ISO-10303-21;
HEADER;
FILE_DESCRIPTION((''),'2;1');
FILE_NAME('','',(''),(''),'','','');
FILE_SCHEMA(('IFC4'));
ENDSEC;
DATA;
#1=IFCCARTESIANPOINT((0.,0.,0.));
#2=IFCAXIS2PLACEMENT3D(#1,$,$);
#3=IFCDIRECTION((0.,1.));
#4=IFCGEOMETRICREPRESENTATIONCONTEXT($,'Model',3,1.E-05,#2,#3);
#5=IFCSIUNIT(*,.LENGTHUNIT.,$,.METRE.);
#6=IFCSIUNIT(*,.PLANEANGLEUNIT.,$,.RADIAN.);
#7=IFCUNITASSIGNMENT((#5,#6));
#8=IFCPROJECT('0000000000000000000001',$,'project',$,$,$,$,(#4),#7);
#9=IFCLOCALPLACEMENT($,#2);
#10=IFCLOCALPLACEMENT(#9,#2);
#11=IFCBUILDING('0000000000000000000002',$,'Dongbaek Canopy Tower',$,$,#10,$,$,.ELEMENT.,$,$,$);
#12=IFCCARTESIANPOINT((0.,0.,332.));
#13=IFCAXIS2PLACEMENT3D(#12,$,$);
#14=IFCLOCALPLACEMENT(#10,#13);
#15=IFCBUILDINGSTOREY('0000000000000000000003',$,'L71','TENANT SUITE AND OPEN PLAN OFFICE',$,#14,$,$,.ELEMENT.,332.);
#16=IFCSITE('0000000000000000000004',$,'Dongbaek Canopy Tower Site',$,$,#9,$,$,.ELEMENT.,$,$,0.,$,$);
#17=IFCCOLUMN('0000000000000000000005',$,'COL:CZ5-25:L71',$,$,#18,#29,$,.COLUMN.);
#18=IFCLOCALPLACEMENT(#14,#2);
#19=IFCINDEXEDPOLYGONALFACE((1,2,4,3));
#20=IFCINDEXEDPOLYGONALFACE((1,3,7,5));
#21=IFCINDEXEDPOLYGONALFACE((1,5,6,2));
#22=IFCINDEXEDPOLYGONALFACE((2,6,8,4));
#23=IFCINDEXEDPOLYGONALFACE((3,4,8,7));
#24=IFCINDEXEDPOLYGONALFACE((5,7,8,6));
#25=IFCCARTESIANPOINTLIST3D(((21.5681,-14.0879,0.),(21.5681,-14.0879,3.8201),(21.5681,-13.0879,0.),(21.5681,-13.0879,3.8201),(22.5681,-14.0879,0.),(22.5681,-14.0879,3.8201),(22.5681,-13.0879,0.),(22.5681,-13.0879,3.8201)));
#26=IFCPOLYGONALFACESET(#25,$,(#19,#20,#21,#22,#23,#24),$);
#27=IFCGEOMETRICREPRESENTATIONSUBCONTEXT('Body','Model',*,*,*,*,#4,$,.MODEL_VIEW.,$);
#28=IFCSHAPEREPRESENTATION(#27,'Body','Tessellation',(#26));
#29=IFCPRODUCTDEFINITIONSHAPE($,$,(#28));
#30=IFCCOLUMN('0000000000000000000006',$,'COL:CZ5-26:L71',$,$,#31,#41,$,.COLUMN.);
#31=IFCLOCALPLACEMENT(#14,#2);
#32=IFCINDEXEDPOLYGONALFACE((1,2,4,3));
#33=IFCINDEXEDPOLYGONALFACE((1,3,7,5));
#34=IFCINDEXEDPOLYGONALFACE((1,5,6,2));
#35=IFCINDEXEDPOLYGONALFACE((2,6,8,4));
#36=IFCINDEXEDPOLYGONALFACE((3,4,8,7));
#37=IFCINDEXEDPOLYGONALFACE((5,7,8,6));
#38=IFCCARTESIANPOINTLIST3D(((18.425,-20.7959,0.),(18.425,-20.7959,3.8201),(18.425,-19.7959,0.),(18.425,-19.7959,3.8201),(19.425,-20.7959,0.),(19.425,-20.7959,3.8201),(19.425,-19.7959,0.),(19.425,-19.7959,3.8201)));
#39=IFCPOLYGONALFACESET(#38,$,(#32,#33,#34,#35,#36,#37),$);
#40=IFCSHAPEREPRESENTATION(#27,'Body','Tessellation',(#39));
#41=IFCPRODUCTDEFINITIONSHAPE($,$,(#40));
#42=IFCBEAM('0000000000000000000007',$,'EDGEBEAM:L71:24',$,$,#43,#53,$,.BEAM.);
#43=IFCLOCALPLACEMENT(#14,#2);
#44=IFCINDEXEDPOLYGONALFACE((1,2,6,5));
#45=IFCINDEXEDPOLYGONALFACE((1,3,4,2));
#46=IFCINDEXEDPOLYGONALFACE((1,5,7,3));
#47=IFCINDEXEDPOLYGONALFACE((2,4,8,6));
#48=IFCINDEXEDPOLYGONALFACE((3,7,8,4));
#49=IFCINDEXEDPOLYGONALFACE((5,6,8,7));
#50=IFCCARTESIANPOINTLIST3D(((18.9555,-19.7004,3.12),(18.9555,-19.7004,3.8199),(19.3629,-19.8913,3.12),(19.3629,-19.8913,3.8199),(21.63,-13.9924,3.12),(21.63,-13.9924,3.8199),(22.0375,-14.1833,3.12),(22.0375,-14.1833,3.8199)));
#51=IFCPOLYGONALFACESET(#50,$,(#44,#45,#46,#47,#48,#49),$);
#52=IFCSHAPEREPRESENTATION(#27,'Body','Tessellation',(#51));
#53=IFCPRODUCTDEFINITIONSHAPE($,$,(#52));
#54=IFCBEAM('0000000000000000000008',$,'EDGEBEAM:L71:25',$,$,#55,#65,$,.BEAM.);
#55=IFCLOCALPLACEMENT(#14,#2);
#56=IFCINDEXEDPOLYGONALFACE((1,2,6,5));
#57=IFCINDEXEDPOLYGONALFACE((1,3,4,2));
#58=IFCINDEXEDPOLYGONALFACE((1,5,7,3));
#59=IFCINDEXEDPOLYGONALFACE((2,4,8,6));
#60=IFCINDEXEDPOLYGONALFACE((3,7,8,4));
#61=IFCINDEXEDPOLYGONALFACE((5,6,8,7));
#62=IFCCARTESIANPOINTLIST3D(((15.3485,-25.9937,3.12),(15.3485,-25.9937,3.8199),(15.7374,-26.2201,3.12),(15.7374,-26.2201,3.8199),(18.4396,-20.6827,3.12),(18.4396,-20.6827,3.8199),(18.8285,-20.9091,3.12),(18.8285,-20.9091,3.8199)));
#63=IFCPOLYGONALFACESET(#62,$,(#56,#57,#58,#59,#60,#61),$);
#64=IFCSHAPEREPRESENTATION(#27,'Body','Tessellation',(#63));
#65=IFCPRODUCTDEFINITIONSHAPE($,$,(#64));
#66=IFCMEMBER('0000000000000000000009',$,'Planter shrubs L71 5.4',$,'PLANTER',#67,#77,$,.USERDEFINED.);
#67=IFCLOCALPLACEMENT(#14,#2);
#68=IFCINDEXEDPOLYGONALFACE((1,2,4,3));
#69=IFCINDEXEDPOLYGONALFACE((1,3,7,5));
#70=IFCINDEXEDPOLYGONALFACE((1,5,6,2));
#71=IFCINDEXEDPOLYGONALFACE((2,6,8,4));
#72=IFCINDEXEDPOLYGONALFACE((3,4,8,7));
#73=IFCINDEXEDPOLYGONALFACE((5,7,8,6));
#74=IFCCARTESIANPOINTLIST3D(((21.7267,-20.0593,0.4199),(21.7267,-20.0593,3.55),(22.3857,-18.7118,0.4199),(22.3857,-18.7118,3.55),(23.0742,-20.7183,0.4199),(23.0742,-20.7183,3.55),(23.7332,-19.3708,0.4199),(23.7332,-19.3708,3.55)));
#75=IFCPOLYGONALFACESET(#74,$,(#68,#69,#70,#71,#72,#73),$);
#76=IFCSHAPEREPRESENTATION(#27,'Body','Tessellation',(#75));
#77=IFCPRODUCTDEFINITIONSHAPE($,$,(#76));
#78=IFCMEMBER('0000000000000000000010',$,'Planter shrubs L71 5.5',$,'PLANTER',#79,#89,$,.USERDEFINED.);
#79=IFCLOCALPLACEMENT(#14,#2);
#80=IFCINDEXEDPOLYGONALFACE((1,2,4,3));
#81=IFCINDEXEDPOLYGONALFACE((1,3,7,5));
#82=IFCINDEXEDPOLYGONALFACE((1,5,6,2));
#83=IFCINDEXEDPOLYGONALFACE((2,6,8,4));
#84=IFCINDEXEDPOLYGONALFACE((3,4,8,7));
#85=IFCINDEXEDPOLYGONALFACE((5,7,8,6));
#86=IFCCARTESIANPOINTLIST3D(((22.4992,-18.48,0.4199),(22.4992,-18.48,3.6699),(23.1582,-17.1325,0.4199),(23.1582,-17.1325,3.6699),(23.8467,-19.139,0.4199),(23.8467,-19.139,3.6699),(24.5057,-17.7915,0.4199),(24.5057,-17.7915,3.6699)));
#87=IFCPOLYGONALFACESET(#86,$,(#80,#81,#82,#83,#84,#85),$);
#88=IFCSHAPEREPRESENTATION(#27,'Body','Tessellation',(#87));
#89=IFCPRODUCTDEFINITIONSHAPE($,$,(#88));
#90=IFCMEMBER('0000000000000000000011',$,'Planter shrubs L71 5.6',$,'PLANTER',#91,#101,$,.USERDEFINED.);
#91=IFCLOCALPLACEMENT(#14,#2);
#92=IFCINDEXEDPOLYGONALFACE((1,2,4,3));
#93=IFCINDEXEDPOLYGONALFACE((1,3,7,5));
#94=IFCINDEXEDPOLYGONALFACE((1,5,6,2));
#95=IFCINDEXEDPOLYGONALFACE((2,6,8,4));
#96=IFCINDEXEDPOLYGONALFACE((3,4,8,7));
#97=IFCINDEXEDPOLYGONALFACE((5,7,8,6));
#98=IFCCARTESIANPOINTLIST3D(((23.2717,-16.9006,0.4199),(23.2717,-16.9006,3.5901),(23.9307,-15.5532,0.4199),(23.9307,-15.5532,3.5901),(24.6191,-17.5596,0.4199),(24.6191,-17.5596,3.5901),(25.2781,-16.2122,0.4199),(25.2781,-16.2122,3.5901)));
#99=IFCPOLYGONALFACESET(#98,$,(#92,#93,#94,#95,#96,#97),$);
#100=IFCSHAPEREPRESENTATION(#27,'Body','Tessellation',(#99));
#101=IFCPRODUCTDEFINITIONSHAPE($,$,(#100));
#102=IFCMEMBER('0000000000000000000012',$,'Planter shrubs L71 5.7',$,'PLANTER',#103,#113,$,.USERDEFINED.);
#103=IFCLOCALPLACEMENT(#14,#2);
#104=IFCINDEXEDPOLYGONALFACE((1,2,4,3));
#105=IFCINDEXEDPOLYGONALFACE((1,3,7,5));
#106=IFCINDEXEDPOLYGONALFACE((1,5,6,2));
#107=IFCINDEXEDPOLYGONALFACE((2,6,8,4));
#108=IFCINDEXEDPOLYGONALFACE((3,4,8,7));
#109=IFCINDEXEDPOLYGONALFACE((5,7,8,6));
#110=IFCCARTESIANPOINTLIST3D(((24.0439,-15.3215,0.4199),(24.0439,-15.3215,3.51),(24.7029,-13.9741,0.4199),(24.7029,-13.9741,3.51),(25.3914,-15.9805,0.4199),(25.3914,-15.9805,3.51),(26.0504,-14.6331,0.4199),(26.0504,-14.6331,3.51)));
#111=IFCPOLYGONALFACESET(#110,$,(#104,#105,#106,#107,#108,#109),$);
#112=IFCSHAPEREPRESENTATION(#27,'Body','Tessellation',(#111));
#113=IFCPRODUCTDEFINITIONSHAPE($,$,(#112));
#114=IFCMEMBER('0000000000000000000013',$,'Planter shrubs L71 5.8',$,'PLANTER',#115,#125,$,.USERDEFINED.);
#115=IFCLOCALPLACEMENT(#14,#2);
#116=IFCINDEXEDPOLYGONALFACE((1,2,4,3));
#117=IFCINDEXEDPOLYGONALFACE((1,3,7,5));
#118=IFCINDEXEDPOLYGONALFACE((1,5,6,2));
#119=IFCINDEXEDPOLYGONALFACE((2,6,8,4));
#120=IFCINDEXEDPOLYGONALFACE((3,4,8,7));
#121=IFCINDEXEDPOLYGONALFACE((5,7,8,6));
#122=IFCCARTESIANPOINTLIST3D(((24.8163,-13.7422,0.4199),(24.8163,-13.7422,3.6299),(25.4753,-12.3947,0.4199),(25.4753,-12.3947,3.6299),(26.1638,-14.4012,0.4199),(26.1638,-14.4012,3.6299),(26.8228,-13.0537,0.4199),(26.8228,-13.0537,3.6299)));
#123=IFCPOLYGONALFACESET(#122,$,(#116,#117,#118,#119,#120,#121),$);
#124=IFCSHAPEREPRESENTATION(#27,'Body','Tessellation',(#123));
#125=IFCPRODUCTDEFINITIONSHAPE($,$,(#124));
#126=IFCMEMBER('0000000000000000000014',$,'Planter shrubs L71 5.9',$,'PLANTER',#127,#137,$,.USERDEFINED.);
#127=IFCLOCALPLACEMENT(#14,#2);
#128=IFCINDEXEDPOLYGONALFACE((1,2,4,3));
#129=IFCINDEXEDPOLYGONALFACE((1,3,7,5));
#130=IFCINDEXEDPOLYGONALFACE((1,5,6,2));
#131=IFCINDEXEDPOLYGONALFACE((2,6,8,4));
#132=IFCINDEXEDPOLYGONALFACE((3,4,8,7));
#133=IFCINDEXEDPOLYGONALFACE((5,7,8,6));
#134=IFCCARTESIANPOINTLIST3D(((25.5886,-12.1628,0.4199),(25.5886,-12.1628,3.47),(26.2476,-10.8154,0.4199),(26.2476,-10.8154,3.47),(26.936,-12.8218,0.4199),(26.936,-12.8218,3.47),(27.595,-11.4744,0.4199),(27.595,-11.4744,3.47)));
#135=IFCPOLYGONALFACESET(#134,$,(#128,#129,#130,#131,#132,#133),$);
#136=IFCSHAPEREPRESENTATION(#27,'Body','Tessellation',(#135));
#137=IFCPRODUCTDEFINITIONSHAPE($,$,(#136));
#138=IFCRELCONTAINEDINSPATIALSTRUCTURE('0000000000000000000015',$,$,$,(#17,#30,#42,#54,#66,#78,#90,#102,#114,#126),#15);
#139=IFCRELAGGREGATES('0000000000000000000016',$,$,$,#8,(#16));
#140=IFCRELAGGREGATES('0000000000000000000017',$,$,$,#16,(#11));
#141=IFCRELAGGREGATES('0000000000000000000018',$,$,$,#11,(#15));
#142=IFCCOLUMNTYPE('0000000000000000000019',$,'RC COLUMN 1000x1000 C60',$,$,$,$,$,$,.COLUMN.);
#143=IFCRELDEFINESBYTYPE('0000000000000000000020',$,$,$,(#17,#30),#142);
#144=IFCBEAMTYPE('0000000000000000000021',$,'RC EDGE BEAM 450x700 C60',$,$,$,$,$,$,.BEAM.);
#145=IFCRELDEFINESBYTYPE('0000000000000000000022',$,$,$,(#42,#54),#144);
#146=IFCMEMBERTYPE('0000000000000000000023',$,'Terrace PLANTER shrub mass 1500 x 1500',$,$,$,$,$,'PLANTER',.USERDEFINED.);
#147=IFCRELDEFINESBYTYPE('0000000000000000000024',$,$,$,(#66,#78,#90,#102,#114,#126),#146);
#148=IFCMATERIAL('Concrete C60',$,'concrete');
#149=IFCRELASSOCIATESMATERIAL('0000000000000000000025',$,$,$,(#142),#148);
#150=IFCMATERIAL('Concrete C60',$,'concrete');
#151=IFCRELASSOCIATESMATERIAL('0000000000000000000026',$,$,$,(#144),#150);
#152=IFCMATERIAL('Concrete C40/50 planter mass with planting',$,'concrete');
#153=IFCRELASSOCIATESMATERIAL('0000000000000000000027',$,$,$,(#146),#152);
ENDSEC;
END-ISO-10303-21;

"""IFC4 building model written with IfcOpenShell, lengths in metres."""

from ifc_helpers import new_model, si_unit, direction, frame, origin, origin_2d, place, context, subcontext, project, spatial, rectangle, extrude, material, material_profile, profile_set, type_object, element, save


model = new_model("IFC4")

# Units and contexts
model_context = context("Model", 3, precision=1e-05, world=origin(), true_north=direction((0.0, 1.0)))
body_context = subcontext(model_context, "Body", "Model", "MODEL_VIEW")
ifc_project = project(units=[si_unit("LENGTHUNIT", "METRE"), si_unit("PLANEANGLEUNIT", "RADIAN")], contexts=[model_context])

# Site, building, storey
site_placement = place(None, origin())
site = spatial("IfcSite", under=ifc_project, at=site_placement, Name="Dongbaek Canopy Tower Site", CompositionType="ELEMENT", RefElevation=0.0)
building_placement = place(site_placement, origin())
building = spatial("IfcBuilding", under=site, at=building_placement, Name="Dongbaek Canopy Tower", CompositionType="ELEMENT")
storey_placement = place(building_placement, frame((0.0, 0.0, 332.0)))
storey = spatial("IfcBuildingStorey", under=building, at=storey_placement, Name="L71", Description="TENANT SUITE AND OPEN PLAN OFFICE", CompositionType="ELEMENT", Elevation=332.0)

# Columns
ifc_material_1 = material(Name="Concrete C60", Category="concrete")
ifc_material_profile_1 = material_profile(ifc_material_1, rectangle(XDim=1.0, YDim=1.0, at=origin_2d()), Name="RC COLUMN 1000x1000 C60")
ifc_profile_set_1 = profile_set([ifc_material_profile_1], Name="Concrete C60")
column_type = type_object("IfcColumnType", Name="RC COLUMN 1000x1000 C60", PredefinedType="COLUMN", material=ifc_profile_set_1)
for number, where, z_axis, x_axis, name in (
    (1, (22.0681, -13.5879, 0.0), (0.0, 0.0, 1.0), (1.0, 0.0, 0.0), "COL:CZ5-25:L71"),
    (2, (18.925, -20.2959, 0.0), (0.0, 0.0, 1.0), (1.0, 0.0, 0.0), "COL:CZ5-26:L71"),
):
    element("IfcColumn", number, at=place(storey_placement, frame(where, z_axis=z_axis, x_axis=x_axis)), inside=storey, type_object=column_type, Name=name, PredefinedType="COLUMN", context=body_context, shape_type="SweptSolid", body=[
        extrude(rectangle(XDim=1.0, YDim=1.0, at=origin_2d()), origin(), (0.0, 0.0, 1.0), 3.8201),
    ])

# Beams
ifc_material_2 = material(Name="Concrete C60", Category="concrete")
ifc_material_profile_2 = material_profile(ifc_material_2, rectangle(XDim=0.45, YDim=0.7, at=origin_2d()), Name="RC EDGE BEAM 450x700 C60")
ifc_profile_set_2 = profile_set([ifc_material_profile_2], Name="Concrete C60")
beam_type = type_object("IfcBeamType", Name="RC EDGE BEAM 450x700 C60", PredefinedType="BEAM", material=ifc_profile_set_2)
beam_1_placement = place(storey_placement, frame((21.8337, -14.0879, 3.47), z_axis=(-0.424295, -0.905524, 0.0), x_axis=(0.905524, -0.424295, 0.0)))
element("IfcBeam", 3, at=beam_1_placement, inside=storey, type_object=beam_type, Name="EDGEBEAM:L71:24", PredefinedType="BEAM", context=body_context, shape_type="SweptSolid", body=[
    extrude(rectangle(XDim=0.45, YDim=0.7, at=origin_2d()), origin(), (0.0, 0.0, 1.0), 6.3035),
])
beam_2_placement = place(storey_placement, frame((18.634, -20.7959, 3.47), z_axis=(-0.503016, -0.864277, 0.0), x_axis=(0.864277, -0.503016, 0.0)))
element("IfcBeam", 4, at=beam_2_placement, inside=storey, type_object=beam_type, Name="EDGEBEAM:L71:25", PredefinedType="BEAM", context=body_context, shape_type="SweptSolid", body=[
    extrude(rectangle(XDim=0.45, YDim=0.7, at=origin_2d()), origin(), (0.0, 0.0, 1.0), 6.145),
])

# Members
ifc_material_3 = material(Name="Concrete C40/50 planter mass with planting", Category="concrete")
ifc_material_profile_3 = material_profile(ifc_material_3, rectangle(XDim=1.5, YDim=1.5, at=origin_2d()), Name="Terrace PLANTER shrub mass 1500 x 1500")
ifc_profile_set_3 = profile_set([ifc_material_profile_3], Name="Concrete C40/50 planter mass with planting")
member_type = type_object("IfcMemberType", Name="Terrace PLANTER shrub mass 1500 x 1500", ElementType="PLANTER", PredefinedType="USERDEFINED", material=ifc_profile_set_3)
member_1_placement = place(storey_placement, frame((22.73, -19.7151, 0.4199), z_axis=(0.0, 0.0, 1.0), x_axis=(0.898322, -0.439337, 0.0)))
element("IfcMember", 5, at=member_1_placement, inside=storey, type_object=member_type, Name="Planter shrubs L71 5.4", ObjectType="PLANTER", PredefinedType="USERDEFINED", context=body_context, shape_type="SweptSolid", body=[
    extrude(rectangle(XDim=1.5, YDim=1.5, at=origin_2d()), origin(), (0.0, 0.0, 1.0), 3.1301),
])
member_2_placement = place(storey_placement, frame((23.5024, -18.1357, 0.4199), z_axis=(0.0, 0.0, 1.0), x_axis=(0.898322, -0.439337, 0.0)))
element("IfcMember", 6, at=member_2_placement, inside=storey, type_object=member_type, Name="Planter shrubs L71 5.5", ObjectType="PLANTER", PredefinedType="USERDEFINED", context=body_context, shape_type="SweptSolid", body=[
    extrude(rectangle(XDim=1.5, YDim=1.5, at=origin_2d()), origin(), (0.0, 0.0, 1.0), 3.25),
])
member_3_placement = place(storey_placement, frame((24.2749, -16.5564, 0.4199), z_axis=(0.0, 0.0, 1.0), x_axis=(0.898322, -0.439337, 0.0)))
element("IfcMember", 7, at=member_3_placement, inside=storey, type_object=member_type, Name="Planter shrubs L71 5.6", ObjectType="PLANTER", PredefinedType="USERDEFINED", context=body_context, shape_type="SweptSolid", body=[
    extrude(rectangle(XDim=1.5, YDim=1.5, at=origin_2d()), origin(), (0.0, 0.0, 1.0), 3.1702),
])
member_4_placement = place(storey_placement, frame((25.0471, -14.9773, 0.4199), z_axis=(0.0, 0.0, 1.0), x_axis=(0.898322, -0.439337, 0.0)))
element("IfcMember", 8, at=member_4_placement, inside=storey, type_object=member_type, Name="Planter shrubs L71 5.7", ObjectType="PLANTER", PredefinedType="USERDEFINED", context=body_context, shape_type="SweptSolid", body=[
    extrude(rectangle(XDim=1.5, YDim=1.5, at=origin_2d()), origin(), (0.0, 0.0, 1.0), 3.0901),
])
member_5_placement = place(storey_placement, frame((25.8196, -13.3979, 0.4199), z_axis=(0.0, 0.0, 1.0), x_axis=(0.898322, -0.439337, 0.0)))
element("IfcMember", 9, at=member_5_placement, inside=storey, type_object=member_type, Name="Planter shrubs L71 5.8", ObjectType="PLANTER", PredefinedType="USERDEFINED", context=body_context, shape_type="SweptSolid", body=[
    extrude(rectangle(XDim=1.5, YDim=1.5, at=origin_2d()), origin(), (0.0, 0.0, 1.0), 3.21),
])
member_6_placement = place(storey_placement, frame((26.5918, -11.8186, 0.4199), z_axis=(0.0, 0.0, 1.0), x_axis=(0.898322, -0.439337, 0.0)))
element("IfcMember", 10, at=member_6_placement, inside=storey, type_object=member_type, Name="Planter shrubs L71 5.9", ObjectType="PLANTER", PredefinedType="USERDEFINED", context=body_context, shape_type="SweptSolid", body=[
    extrude(rectangle(XDim=1.5, YDim=1.5, at=origin_2d()), origin(), (0.0, 0.0, 1.0), 3.05),
])

save(model, "model.ifc")
